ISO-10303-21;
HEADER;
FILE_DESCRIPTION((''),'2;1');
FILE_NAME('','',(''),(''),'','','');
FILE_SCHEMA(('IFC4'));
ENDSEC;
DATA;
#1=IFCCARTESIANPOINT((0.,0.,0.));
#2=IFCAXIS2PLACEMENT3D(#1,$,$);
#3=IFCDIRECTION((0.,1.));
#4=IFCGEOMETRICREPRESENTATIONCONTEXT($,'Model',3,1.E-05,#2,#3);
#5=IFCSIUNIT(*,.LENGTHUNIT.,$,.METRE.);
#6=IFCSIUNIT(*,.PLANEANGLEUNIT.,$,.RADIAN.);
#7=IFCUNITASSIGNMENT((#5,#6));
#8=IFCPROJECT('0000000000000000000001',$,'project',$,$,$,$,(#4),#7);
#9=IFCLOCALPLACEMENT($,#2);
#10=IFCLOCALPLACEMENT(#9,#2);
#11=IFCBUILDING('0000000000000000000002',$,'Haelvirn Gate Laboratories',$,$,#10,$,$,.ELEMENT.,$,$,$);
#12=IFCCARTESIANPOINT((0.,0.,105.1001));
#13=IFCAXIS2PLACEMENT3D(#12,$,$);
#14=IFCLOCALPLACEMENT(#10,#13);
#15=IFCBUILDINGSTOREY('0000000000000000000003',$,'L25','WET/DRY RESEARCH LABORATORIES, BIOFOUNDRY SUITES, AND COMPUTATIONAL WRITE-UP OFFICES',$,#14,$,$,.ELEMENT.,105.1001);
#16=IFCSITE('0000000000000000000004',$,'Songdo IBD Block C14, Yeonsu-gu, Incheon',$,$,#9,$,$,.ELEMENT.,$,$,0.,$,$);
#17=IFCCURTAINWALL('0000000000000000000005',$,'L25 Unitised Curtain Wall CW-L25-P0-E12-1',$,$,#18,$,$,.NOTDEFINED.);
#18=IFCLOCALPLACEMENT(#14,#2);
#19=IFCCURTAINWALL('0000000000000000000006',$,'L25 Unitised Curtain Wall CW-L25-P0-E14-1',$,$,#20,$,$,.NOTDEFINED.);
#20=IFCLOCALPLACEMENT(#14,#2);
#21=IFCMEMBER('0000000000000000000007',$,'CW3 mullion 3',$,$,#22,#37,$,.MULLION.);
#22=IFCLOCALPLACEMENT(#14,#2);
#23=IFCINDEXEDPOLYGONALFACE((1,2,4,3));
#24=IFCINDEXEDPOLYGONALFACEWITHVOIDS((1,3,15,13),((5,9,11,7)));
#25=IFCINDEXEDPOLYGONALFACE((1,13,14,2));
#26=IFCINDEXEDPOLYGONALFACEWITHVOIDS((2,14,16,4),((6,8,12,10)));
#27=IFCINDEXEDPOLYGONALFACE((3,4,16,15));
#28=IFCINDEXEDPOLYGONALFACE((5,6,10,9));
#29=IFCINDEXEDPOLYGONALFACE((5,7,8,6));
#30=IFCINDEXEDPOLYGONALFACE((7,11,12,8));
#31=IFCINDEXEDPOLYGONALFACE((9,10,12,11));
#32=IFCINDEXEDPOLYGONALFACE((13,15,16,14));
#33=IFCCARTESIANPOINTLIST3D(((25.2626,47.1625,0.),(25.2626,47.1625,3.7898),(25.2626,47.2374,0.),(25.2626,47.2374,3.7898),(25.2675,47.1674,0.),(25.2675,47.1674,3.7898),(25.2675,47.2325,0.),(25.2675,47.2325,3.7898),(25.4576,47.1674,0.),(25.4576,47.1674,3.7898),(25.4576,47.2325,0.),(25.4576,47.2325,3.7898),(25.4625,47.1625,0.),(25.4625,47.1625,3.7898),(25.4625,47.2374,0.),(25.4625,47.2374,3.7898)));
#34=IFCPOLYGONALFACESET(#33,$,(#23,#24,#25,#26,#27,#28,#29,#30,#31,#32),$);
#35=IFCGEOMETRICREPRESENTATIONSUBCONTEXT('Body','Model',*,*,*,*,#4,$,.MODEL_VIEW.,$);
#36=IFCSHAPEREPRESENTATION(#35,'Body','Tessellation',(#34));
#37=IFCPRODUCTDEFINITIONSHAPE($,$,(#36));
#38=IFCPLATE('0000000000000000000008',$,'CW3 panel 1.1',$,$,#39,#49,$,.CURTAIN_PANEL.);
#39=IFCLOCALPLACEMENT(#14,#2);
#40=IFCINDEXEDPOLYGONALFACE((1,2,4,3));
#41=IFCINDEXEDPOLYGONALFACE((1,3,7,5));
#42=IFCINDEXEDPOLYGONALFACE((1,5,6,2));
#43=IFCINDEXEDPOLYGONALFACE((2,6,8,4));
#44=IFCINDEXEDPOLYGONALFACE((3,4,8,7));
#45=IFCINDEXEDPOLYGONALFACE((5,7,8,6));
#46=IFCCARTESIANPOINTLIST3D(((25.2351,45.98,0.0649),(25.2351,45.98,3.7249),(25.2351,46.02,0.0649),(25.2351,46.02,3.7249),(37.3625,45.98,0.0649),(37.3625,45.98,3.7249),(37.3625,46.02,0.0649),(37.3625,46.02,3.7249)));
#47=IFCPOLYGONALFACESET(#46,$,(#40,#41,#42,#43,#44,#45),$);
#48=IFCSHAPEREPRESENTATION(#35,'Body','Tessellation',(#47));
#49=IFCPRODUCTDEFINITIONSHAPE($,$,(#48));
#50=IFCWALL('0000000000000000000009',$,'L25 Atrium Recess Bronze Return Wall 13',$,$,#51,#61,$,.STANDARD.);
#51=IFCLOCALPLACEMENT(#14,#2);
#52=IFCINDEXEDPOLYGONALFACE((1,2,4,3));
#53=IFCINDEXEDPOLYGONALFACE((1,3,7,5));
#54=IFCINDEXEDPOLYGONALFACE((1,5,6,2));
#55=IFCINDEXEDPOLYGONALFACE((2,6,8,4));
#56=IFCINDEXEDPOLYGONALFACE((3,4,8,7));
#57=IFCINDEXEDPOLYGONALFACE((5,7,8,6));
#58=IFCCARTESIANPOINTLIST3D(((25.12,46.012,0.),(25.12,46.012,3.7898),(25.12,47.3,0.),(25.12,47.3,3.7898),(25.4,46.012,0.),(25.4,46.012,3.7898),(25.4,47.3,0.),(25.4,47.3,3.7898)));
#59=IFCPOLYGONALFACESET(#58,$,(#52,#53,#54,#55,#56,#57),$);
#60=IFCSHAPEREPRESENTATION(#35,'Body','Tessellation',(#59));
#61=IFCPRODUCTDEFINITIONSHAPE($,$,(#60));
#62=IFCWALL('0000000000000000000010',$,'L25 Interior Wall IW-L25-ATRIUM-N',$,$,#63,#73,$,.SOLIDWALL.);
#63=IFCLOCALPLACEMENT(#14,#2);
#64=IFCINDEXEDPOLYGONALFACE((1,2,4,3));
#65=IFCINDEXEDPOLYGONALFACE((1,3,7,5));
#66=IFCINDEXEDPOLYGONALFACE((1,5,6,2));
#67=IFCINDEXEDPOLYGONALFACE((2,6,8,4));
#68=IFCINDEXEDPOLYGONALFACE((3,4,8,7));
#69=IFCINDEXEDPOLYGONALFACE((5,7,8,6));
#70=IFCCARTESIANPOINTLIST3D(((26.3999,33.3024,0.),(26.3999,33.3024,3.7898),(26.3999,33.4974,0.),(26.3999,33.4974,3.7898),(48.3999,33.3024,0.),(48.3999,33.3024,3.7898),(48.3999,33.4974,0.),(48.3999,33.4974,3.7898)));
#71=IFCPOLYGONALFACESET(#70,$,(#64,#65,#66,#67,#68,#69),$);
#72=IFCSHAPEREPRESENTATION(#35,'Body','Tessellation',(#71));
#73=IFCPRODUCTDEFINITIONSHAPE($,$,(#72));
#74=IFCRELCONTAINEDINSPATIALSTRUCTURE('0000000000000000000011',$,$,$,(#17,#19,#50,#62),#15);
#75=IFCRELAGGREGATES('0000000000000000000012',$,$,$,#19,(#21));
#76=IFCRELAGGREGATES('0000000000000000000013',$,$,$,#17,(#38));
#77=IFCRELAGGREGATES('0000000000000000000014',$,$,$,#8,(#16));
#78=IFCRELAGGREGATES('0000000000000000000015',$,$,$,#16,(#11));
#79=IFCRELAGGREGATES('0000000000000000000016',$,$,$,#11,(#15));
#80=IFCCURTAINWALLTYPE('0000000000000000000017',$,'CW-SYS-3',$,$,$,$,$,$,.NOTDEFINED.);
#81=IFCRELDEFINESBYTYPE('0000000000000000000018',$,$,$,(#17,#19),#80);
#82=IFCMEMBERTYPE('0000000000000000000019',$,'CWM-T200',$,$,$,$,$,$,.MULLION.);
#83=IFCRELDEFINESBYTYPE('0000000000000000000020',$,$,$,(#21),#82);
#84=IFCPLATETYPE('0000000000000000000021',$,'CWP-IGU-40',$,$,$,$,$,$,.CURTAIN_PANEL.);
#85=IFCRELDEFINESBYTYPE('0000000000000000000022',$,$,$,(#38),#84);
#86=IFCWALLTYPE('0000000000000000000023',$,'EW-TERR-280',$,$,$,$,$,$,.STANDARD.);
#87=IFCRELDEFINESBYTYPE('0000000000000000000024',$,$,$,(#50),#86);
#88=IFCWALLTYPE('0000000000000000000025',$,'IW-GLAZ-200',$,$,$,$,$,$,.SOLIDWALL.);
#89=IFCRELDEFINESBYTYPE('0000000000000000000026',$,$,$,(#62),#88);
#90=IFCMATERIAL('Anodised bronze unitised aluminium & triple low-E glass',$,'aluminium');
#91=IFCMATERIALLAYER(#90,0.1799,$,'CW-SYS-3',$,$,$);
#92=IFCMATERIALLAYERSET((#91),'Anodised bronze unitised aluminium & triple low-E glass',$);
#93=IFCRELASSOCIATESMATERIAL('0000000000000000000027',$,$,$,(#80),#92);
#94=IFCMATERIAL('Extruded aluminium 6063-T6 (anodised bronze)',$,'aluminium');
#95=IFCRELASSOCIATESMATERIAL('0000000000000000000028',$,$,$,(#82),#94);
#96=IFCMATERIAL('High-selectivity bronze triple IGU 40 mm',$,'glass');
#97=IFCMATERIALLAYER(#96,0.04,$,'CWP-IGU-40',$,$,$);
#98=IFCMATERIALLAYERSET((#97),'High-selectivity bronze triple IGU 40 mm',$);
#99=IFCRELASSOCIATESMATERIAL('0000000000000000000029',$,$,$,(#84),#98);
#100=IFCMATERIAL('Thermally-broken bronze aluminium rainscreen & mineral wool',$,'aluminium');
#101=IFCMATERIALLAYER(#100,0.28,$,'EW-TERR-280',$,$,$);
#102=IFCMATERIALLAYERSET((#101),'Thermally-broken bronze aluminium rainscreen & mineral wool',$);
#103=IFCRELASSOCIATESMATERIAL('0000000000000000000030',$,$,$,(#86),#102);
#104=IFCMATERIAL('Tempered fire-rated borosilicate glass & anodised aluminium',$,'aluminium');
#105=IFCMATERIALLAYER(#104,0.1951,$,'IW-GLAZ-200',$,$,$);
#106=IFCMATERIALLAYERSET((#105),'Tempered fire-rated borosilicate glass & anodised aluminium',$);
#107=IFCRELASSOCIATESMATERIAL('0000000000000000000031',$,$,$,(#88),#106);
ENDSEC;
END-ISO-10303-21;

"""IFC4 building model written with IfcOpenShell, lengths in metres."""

from ifc_helpers import new_model, si_unit, direction, frame, frame_2d, origin, origin_2d, place, context, subcontext, project, spatial, rectangle, hollow_rectangle, extrude, source, transform, mapped, material, layer, layer_set, material_profile, profile_set, type_object, type_shapes, element, aggregate, save


model = new_model("IFC4")

# Units and contexts
model_context = context("Model", 3, precision=1e-05, world=origin(), true_north=direction((0.0, 1.0)))
body_context = subcontext(model_context, "Body", "Model", "MODEL_VIEW")
ifc_project = project(units=[si_unit("LENGTHUNIT", "METRE"), si_unit("PLANEANGLEUNIT", "RADIAN")], contexts=[model_context])

# Site, building, storey
site_placement = place(None, origin())
site = spatial("IfcSite", under=ifc_project, at=site_placement, Name="Songdo IBD Block C14, Yeonsu-gu, Incheon", CompositionType="ELEMENT", RefElevation=0.0)
building_placement = place(site_placement, origin())
building = spatial("IfcBuilding", under=site, at=building_placement, Name="Haelvirn Gate Laboratories", CompositionType="ELEMENT")
storey_placement = place(building_placement, frame((0.0, 0.0, 105.1001)))
storey = spatial("IfcBuildingStorey", under=building, at=storey_placement, Name="L25", Description="WET/DRY RESEARCH LABORATORIES, BIOFOUNDRY SUITES, AND COMPUTATIONAL WRITE-UP OFFICES", CompositionType="ELEMENT", Elevation=105.1001)

# Curtain wall
ifc_material_1 = material(Name="Anodised bronze unitised aluminium & triple low-E glass", Category="aluminium")
ifc_layer_1 = layer(ifc_material_1, 0.1799, Name="CW-SYS-3")
ifc_layer_set_1 = layer_set([ifc_layer_1], Name="Anodised bronze unitised aluminium & triple low-E glass")
curtain_wall_type = type_object("IfcCurtainWallType", Name="CW-SYS-3", PredefinedType="NOTDEFINED", material=ifc_layer_set_1)
curtain_wall_1_placement = place(storey_placement, origin())
curtain_wall_1 = element("IfcCurtainWall", 1, at=curtain_wall_1_placement, inside=storey, type_object=curtain_wall_type, Name="L25 Unitised Curtain Wall CW-L25-P0-E12-1", PredefinedType="NOTDEFINED")
ifc_material_2 = material(Name="Extruded aluminium 6063-T6 (anodised bronze)", Category="aluminium")
ifc_material_profile_1 = material_profile(ifc_material_2, hollow_rectangle(XDim=0.075, YDim=0.2, WallThickness=0.0049, at=origin_2d()), Name="CWM-200x75x5")
ifc_profile_set_1 = profile_set([ifc_material_profile_1], Name="Extruded aluminium 6063-T6 (anodised bronze)")
member_type_1 = type_object("IfcMemberType", Name="CWM-T200", PredefinedType="MULLION", material=ifc_profile_set_1)
shared_shape_1 = source(origin(), body_context, "Body", "SweptSolid", [
    extrude(hollow_rectangle(XDim=0.075, YDim=0.2, WallThickness=0.0049, at=origin_2d()), origin(), (0.0, 0.0, 1.0), 3.7898),
])
type_shapes(member_type_1, [shared_shape_1])

# Curtain wall, member
curtain_wall_2_placement = place(storey_placement, origin())
curtain_wall_2 = element("IfcCurtainWall", 2, at=curtain_wall_2_placement, inside=storey, type_object=curtain_wall_type, Name="L25 Unitised Curtain Wall CW-L25-P0-E14-1", PredefinedType="NOTDEFINED")
member_1_placement = place(storey_placement, frame((25.3625, 47.2, 0.0), z_axis=(0.0, 0.0, 1.0), x_axis=(0.0, 1.0, 0.0)))
member_1 = element("IfcMember", 3, at=member_1_placement, type_object=member_type_1, Name="CW3 mullion 3", PredefinedType="MULLION", context=body_context, shape_type="MappedRepresentation", body=[
    mapped(shared_shape_1, transform((0.0, 0.0, 0.0), scale=1.0)),
])
aggregate(curtain_wall_2, [member_1])

# Plate
ifc_material_3 = material(Name="High-selectivity bronze triple IGU 40 mm", Category="glass")
ifc_layer_2 = layer(ifc_material_3, 0.04, Name="CWP-IGU-40")
ifc_layer_set_2 = layer_set([ifc_layer_2], Name="High-selectivity bronze triple IGU 40 mm")
plate_type = type_object("IfcPlateType", Name="CWP-IGU-40", PredefinedType="CURTAIN_PANEL", material=ifc_layer_set_2)
shared_shape_2 = source(origin(), body_context, "Body", "SweptSolid", [
    extrude(rectangle(XDim=12.1274, YDim=0.04, at=origin_2d()), origin(), (0.0, 0.0, 1.0), 3.6599),
])
type_shapes(plate_type, [shared_shape_2])
plate_placement = place(storey_placement, frame((31.2988, 46.0, 0.0649), z_axis=(0.0, 0.0, 1.0), x_axis=(1.0, 0.0, 0.0)))
plate = element("IfcPlate", 4, at=plate_placement, type_object=plate_type, Name="CW3 panel 1.1", PredefinedType="CURTAIN_PANEL", context=body_context, shape_type="MappedRepresentation", body=[
    mapped(shared_shape_2, transform((0.0, 0.0, 0.0), scale=1.0)),
])
aggregate(curtain_wall_1, [plate])

# Walls
ifc_material_4 = material(Name="Thermally-broken bronze aluminium rainscreen & mineral wool", Category="aluminium")
ifc_layer_3 = layer(ifc_material_4, 0.28, Name="EW-TERR-280")
ifc_layer_set_3 = layer_set([ifc_layer_3], Name="Thermally-broken bronze aluminium rainscreen & mineral wool")
wall_type_1 = type_object("IfcWallType", Name="EW-TERR-280", PredefinedType="STANDARD", material=ifc_layer_set_3)
wall_1_placement = place(storey_placement, frame((25.26, 46.012, 0.0), z_axis=(0.0, 0.0, 1.0), x_axis=(0.0, 1.0, 0.0)))
element("IfcWall", 5, at=wall_1_placement, inside=storey, type_object=wall_type_1, Name="L25 Atrium Recess Bronze Return Wall 13", PredefinedType="STANDARD", context=body_context, shape_type="SweptSolid", body=[
    extrude(rectangle(XDim=1.2881, YDim=0.28, at=frame_2d((0.644, 0.0))), origin(), (0.0, 0.0, 1.0), 3.7898),
])
ifc_material_5 = material(Name="Tempered fire-rated borosilicate glass & anodised aluminium", Category="aluminium")
ifc_layer_4 = layer(ifc_material_5, 0.1951, Name="IW-GLAZ-200")
ifc_layer_set_4 = layer_set([ifc_layer_4], Name="Tempered fire-rated borosilicate glass & anodised aluminium")
wall_type_2 = type_object("IfcWallType", Name="IW-GLAZ-200", PredefinedType="SOLIDWALL", material=ifc_layer_set_4)
wall_2_placement = place(storey_placement, frame((26.3999, 33.3999, 0.0), z_axis=(0.0, 0.0, 1.0), x_axis=(1.0, 0.0, 0.0)))
element("IfcWall", 6, at=wall_2_placement, inside=storey, type_object=wall_type_2, Name="L25 Interior Wall IW-L25-ATRIUM-N", PredefinedType="SOLIDWALL", context=body_context, shape_type="SweptSolid", body=[
    extrude(rectangle(XDim=22.0, YDim=0.1951, at=frame_2d((11.0, 0.0))), origin(), (0.0, 0.0, 1.0), 3.7898),
])

save(model, "model.ifc")
